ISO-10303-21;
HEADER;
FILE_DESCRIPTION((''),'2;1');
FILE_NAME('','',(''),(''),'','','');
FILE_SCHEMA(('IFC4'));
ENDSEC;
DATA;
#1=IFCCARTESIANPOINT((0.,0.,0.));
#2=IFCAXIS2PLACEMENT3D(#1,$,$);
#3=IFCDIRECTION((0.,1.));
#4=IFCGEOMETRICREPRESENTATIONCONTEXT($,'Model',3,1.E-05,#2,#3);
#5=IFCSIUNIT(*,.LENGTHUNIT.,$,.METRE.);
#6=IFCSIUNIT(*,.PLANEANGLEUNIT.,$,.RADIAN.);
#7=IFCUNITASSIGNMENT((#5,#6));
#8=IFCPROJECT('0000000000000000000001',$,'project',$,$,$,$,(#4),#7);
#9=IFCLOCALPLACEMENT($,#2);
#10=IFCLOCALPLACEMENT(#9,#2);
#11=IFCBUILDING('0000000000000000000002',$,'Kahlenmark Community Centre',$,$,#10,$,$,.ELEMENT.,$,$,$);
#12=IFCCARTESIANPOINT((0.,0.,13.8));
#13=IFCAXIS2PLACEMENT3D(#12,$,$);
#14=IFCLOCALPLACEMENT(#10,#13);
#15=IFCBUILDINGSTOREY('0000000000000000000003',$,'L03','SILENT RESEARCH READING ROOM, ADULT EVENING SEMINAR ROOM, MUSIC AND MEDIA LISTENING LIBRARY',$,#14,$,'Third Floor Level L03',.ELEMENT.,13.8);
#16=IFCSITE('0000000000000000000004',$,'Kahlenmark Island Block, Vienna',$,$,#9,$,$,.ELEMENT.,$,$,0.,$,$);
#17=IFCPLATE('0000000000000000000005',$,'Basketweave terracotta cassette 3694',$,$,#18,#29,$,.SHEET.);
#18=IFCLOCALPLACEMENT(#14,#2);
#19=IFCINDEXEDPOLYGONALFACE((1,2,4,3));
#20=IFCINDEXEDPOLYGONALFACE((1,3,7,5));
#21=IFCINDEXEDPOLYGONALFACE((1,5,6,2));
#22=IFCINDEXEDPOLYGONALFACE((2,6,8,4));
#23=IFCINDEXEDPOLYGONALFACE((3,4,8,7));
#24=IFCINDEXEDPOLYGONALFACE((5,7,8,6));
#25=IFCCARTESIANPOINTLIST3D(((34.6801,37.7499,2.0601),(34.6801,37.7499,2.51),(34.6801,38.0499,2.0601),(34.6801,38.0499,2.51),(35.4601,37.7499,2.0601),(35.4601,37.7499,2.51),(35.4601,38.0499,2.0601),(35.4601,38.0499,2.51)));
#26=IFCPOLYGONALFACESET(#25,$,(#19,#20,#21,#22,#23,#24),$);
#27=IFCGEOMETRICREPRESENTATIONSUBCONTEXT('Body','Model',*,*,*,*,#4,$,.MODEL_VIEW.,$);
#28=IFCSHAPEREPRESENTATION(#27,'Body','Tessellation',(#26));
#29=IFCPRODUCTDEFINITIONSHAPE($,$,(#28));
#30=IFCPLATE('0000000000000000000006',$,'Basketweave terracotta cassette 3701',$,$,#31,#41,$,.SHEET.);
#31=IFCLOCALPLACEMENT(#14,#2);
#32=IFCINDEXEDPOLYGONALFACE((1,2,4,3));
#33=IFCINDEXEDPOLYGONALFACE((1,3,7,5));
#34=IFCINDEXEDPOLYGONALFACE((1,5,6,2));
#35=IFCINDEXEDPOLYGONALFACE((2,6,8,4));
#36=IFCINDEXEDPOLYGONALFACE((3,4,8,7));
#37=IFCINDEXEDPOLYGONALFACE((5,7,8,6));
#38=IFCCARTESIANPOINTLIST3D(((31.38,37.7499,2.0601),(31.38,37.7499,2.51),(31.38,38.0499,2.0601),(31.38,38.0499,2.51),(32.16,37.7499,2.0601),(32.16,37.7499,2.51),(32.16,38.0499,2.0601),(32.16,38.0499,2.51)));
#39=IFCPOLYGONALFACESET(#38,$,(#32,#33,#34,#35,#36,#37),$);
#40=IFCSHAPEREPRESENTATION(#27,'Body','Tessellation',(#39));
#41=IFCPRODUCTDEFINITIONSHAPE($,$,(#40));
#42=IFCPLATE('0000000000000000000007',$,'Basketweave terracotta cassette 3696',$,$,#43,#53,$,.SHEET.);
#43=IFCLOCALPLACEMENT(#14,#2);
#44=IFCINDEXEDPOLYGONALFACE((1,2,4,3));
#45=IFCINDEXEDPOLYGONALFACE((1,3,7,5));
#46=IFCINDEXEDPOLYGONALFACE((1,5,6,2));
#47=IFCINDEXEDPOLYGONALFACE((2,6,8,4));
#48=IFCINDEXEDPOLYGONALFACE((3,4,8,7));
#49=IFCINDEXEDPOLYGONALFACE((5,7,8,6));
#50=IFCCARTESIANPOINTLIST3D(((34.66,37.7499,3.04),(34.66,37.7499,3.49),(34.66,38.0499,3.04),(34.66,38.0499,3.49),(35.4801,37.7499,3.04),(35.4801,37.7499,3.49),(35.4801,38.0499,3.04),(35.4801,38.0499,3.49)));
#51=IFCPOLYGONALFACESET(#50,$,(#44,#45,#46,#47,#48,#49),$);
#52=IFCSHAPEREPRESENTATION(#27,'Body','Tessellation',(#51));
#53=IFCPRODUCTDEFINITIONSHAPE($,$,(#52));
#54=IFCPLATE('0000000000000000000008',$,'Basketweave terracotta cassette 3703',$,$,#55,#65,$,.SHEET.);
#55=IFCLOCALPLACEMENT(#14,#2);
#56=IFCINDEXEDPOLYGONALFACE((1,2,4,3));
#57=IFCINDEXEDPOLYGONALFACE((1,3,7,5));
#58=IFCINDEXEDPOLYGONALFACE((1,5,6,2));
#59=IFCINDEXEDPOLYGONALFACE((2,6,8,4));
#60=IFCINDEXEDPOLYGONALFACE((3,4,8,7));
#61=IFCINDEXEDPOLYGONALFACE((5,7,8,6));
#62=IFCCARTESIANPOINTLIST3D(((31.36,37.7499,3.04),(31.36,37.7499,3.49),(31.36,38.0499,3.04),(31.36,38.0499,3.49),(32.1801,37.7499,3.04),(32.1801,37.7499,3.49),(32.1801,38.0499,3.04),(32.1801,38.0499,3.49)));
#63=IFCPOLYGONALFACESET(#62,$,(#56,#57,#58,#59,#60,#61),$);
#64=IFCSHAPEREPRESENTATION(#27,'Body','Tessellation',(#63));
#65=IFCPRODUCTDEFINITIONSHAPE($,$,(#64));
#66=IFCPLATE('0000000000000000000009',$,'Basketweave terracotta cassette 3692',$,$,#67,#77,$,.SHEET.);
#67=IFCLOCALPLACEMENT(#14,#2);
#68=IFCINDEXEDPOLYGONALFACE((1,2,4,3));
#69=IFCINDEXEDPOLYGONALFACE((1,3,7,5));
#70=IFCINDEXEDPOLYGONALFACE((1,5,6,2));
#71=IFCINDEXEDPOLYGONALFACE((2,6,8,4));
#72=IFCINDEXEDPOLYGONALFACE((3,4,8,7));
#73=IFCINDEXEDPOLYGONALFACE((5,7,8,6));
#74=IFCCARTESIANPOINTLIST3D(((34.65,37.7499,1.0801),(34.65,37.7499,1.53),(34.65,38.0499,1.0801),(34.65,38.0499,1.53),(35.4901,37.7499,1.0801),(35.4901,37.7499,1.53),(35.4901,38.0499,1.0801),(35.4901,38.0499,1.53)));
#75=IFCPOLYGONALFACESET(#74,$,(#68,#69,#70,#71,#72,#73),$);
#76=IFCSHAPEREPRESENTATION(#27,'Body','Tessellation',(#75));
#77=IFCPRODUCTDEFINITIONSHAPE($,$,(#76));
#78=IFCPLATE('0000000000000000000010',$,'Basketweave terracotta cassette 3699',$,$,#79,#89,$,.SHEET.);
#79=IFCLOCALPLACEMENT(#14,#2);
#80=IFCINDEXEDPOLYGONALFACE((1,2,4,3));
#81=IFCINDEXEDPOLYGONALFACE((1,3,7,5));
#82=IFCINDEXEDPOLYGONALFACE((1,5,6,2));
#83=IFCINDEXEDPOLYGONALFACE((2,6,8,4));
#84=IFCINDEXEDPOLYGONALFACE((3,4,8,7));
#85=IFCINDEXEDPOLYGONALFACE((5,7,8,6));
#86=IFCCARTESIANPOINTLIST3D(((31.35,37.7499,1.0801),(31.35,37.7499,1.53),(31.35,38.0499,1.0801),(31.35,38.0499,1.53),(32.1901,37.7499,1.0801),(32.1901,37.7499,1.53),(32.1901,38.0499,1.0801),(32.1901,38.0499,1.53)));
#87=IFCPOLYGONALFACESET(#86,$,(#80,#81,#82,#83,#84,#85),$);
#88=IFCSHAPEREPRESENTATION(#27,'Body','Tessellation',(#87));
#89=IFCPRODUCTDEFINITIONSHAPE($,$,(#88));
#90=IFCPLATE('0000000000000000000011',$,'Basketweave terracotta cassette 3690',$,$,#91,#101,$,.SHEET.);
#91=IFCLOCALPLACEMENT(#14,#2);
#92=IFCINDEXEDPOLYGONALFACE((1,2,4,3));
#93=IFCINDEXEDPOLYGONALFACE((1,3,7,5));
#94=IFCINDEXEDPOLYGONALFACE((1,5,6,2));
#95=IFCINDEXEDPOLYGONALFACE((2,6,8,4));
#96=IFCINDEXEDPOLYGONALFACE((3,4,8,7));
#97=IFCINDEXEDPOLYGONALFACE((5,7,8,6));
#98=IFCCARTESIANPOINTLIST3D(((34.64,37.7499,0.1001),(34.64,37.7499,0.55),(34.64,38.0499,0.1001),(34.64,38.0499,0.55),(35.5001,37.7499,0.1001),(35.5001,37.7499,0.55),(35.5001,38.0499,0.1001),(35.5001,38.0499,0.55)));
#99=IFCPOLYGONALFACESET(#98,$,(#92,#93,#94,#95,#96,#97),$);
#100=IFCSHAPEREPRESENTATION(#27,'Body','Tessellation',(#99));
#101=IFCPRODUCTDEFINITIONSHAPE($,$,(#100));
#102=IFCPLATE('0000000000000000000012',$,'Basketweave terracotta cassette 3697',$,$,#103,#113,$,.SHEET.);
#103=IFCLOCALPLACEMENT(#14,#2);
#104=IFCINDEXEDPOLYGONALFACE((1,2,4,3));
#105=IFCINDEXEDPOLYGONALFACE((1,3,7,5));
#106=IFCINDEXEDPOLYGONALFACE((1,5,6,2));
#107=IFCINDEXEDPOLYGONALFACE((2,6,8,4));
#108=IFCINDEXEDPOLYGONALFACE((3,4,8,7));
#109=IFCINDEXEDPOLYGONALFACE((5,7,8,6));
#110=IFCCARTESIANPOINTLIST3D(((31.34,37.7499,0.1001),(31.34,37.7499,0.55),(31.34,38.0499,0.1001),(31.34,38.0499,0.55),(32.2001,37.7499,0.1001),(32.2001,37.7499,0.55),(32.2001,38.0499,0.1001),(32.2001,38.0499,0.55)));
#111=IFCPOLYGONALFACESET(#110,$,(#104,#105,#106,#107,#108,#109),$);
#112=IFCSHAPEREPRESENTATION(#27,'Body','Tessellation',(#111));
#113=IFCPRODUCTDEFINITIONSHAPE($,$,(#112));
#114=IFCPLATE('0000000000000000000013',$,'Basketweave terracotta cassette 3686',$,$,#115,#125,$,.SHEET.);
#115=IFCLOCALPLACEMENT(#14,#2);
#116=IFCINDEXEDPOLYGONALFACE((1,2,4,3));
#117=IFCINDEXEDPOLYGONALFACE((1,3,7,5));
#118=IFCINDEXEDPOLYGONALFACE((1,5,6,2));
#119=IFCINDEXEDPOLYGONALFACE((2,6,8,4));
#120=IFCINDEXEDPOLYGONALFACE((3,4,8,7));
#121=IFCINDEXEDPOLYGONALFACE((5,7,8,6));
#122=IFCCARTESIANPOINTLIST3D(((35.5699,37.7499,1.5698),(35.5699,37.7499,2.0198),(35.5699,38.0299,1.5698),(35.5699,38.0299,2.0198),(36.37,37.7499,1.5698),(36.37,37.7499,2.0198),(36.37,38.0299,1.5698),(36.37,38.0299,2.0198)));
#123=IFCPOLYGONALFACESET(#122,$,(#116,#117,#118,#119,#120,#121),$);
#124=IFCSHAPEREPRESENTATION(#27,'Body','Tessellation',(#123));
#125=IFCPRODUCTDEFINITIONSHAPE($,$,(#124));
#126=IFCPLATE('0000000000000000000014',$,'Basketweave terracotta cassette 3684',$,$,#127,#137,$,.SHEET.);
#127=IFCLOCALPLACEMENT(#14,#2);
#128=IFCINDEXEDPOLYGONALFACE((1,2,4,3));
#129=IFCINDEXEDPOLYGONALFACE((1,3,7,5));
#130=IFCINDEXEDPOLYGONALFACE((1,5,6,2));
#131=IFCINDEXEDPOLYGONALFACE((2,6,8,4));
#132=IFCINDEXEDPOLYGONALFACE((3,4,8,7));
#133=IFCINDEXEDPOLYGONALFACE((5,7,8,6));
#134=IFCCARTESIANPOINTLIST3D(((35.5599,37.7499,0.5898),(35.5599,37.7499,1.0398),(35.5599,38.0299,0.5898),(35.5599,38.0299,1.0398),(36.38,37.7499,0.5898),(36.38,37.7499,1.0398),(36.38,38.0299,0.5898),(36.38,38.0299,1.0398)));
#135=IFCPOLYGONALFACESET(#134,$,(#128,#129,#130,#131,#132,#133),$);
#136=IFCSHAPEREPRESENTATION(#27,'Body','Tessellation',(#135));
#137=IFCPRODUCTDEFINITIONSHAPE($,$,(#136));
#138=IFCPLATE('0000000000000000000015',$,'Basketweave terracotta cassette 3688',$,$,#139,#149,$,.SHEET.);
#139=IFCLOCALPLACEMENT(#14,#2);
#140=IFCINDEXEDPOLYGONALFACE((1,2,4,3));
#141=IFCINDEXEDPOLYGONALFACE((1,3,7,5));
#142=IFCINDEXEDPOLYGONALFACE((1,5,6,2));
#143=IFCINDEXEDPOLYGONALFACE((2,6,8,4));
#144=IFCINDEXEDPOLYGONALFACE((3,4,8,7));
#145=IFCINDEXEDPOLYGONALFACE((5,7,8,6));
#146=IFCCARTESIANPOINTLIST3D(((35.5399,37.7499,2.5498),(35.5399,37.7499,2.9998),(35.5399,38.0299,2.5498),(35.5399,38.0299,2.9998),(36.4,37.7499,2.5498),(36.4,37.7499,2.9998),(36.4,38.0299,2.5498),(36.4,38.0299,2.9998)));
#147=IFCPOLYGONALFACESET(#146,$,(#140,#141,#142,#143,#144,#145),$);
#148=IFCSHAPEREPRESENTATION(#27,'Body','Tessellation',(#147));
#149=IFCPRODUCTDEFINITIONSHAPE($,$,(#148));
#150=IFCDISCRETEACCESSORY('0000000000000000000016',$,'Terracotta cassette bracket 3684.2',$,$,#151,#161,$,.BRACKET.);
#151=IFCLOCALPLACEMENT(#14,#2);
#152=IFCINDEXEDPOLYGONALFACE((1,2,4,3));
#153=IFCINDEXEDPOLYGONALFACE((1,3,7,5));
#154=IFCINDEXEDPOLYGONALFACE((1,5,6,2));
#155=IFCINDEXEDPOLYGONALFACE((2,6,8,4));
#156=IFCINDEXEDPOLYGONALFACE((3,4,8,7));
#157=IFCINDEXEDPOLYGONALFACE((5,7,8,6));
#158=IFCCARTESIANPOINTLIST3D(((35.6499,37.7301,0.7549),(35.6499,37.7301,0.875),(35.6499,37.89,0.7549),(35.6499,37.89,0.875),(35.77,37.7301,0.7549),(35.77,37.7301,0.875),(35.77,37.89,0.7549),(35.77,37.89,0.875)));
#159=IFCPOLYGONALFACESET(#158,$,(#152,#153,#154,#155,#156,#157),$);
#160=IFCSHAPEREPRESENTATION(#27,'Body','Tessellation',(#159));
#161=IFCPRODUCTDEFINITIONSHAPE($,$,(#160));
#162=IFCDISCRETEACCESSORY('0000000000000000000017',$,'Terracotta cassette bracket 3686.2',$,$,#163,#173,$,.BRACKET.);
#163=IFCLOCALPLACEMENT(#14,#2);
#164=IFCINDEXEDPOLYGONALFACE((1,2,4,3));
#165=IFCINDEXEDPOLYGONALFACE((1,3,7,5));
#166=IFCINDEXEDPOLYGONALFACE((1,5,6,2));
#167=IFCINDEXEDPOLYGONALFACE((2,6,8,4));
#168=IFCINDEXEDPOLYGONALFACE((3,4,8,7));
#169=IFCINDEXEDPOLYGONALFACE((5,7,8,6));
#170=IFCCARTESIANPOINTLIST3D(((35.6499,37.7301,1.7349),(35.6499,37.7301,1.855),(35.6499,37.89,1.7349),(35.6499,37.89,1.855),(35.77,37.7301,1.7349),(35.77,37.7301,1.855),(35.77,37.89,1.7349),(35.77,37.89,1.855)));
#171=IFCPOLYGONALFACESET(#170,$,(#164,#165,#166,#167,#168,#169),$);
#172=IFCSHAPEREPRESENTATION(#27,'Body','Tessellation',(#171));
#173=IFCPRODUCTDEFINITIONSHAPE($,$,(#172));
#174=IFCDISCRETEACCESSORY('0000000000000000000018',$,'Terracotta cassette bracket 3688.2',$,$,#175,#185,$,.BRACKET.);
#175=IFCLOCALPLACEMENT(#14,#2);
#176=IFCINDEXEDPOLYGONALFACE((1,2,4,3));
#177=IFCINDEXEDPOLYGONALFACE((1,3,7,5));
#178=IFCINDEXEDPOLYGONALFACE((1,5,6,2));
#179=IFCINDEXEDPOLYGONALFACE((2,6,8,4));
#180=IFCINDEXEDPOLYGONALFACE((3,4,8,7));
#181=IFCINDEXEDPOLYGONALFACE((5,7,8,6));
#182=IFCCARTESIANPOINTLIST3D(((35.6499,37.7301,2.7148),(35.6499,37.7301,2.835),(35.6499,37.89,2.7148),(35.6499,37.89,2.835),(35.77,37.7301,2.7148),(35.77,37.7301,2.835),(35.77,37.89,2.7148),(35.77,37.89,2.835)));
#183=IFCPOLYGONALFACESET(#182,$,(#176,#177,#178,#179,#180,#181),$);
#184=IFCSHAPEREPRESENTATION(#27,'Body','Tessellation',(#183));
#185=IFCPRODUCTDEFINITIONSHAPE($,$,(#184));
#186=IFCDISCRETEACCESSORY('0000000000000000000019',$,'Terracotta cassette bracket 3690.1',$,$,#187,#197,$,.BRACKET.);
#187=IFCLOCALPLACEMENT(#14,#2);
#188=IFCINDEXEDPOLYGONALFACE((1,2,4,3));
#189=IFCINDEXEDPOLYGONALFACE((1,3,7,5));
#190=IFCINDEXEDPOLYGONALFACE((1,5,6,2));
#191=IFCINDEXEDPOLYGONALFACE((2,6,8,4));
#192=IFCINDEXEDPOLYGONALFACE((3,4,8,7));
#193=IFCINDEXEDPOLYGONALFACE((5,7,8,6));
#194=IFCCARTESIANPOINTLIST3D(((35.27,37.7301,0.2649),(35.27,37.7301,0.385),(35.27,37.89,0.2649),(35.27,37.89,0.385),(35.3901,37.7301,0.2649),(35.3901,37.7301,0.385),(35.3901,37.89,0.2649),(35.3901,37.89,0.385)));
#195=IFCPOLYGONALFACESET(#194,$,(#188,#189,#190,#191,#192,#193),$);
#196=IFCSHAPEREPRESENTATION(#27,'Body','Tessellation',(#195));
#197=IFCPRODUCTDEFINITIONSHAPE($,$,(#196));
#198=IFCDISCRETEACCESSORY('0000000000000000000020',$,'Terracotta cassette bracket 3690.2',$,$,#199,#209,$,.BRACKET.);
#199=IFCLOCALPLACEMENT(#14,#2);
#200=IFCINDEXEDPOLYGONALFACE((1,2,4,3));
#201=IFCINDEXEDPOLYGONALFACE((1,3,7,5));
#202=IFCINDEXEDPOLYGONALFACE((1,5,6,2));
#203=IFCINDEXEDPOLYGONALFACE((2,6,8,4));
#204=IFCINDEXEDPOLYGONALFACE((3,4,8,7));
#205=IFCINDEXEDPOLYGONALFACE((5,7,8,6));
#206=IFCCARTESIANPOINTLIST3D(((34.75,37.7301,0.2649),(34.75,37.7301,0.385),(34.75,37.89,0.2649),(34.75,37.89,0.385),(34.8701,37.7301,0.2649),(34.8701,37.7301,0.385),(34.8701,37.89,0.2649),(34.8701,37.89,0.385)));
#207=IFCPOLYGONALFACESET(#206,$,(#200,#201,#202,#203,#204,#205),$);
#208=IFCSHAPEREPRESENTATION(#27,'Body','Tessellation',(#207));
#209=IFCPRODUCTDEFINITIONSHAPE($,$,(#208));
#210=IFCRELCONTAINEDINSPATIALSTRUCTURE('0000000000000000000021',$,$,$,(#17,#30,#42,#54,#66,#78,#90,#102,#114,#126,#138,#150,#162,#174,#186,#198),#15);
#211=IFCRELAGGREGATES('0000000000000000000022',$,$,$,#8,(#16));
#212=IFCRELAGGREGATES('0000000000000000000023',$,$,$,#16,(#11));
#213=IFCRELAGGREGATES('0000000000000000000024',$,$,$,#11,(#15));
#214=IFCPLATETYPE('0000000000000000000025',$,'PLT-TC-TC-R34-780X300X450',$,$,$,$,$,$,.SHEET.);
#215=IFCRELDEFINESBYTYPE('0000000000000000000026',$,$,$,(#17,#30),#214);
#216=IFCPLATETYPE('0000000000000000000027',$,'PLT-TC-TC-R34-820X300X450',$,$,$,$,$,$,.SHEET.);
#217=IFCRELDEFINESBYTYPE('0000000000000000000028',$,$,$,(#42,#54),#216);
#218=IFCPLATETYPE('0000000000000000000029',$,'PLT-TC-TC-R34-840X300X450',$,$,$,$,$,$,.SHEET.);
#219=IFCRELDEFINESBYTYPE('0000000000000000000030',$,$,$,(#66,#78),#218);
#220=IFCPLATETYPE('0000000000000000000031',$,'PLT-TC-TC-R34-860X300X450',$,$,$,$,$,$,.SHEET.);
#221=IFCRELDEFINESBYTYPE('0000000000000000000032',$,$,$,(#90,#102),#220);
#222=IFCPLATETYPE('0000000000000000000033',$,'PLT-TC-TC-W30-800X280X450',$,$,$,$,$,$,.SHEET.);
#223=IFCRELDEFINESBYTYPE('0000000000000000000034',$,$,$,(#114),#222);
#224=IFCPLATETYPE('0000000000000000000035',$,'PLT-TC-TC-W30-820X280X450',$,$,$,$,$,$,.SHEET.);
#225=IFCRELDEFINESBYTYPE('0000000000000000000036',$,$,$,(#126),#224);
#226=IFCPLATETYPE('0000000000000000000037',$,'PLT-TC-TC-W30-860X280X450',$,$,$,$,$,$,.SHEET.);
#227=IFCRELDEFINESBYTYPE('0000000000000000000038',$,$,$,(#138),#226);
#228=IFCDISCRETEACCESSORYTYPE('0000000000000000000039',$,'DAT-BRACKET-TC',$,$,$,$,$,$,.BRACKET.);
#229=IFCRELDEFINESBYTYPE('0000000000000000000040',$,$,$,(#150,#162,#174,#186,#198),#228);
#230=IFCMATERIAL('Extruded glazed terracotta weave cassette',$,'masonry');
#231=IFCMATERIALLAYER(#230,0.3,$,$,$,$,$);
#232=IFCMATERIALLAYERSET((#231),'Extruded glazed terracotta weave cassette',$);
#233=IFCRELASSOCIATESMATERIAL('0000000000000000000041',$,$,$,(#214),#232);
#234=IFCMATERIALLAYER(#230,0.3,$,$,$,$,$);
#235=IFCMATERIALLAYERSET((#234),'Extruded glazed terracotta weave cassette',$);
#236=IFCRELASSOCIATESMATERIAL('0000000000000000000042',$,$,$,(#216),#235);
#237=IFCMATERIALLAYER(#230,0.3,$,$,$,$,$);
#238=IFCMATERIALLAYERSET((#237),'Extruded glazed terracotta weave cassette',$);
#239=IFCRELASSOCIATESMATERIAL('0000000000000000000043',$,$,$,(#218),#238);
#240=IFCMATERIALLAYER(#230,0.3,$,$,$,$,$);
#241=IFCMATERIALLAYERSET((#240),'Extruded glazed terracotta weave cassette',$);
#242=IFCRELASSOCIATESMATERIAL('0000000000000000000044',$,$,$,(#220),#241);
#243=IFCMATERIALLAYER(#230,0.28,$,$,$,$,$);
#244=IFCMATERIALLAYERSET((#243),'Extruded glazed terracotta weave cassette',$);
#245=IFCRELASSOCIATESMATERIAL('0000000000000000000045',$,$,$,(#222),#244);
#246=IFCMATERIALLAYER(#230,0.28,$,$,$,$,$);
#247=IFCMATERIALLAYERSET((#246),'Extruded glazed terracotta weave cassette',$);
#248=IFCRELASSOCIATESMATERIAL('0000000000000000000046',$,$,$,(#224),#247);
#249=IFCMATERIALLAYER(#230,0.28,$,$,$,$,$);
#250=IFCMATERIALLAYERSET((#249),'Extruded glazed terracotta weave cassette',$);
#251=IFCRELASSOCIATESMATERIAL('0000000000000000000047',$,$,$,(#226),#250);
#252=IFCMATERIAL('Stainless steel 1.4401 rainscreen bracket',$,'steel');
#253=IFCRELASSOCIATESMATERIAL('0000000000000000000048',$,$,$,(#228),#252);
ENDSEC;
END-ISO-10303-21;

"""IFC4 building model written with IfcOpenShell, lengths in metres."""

from ifc_helpers import new_model, si_unit, direction, frame, origin, origin_2d, place, context, subcontext, project, spatial, rectangle, extrude, material, layer, layer_set, type_object, element, save


model = new_model("IFC4")

# Units and contexts
model_context = context("Model", 3, precision=1e-05, world=origin(), true_north=direction((0.0, 1.0)))
body_context = subcontext(model_context, "Body", "Model", "MODEL_VIEW")
ifc_project = project(units=[si_unit("LENGTHUNIT", "METRE"), si_unit("PLANEANGLEUNIT", "RADIAN")], contexts=[model_context])

# Site, building, storey
site_placement = place(None, origin())
site = spatial("IfcSite", under=ifc_project, at=site_placement, Name="Kahlenmark Island Block, Vienna", CompositionType="ELEMENT", RefElevation=0.0)
building_placement = place(site_placement, origin())
building = spatial("IfcBuilding", under=site, at=building_placement, Name="Kahlenmark Community Centre", CompositionType="ELEMENT")
storey_placement = place(building_placement, frame((0.0, 0.0, 13.8)))
storey = spatial("IfcBuildingStorey", under=building, at=storey_placement, Name="L03", Description="SILENT RESEARCH READING ROOM, ADULT EVENING SEMINAR ROOM, MUSIC AND MEDIA LISTENING LIBRARY", LongName="Third Floor Level L03", CompositionType="ELEMENT", Elevation=13.8)

# Plates
ifc_material_1 = material(Name="Extruded glazed terracotta weave cassette", Category="masonry")
ifc_layer_1 = layer(ifc_material_1, 0.3)
ifc_layer_set_1 = layer_set([ifc_layer_1], Name="Extruded glazed terracotta weave cassette")
plate_type_1 = type_object("IfcPlateType", Name="PLT-TC-TC-R34-780X300X450", PredefinedType="SHEET", material=ifc_layer_set_1)
for number, where, z_axis, x_axis, name in (
    (1, (35.0701, 37.8999, 2.0601), (0.0, 0.0, 1.0), (-1.0, 0.0, 0.0), "Basketweave terracotta cassette 3694"),
    (2, (31.77, 37.8999, 2.0601), (0.0, 0.0, 1.0), (-1.0, 0.0, 0.0), "Basketweave terracotta cassette 3701"),
):
    element("IfcPlate", number, at=place(storey_placement, frame(where, z_axis=z_axis, x_axis=x_axis)), inside=storey, type_object=plate_type_1, Name=name, PredefinedType="SHEET", context=body_context, shape_type="SweptSolid", body=[
        extrude(rectangle(XDim=0.78, YDim=0.3, at=origin_2d()), origin(), (0.0, 0.0, 1.0), 0.45),
    ])
ifc_layer_2 = layer(ifc_material_1, 0.3)
ifc_layer_set_2 = layer_set([ifc_layer_2], Name="Extruded glazed terracotta weave cassette")
plate_type_2 = type_object("IfcPlateType", Name="PLT-TC-TC-R34-820X300X450", PredefinedType="SHEET", material=ifc_layer_set_2)
for number, where, z_axis, x_axis, name in (
    (3, (35.0701, 37.8999, 3.04), (0.0, 0.0, 1.0), (-1.0, 0.0, 0.0), "Basketweave terracotta cassette 3696"),
    (4, (31.77, 37.8999, 3.04), (0.0, 0.0, 1.0), (-1.0, 0.0, 0.0), "Basketweave terracotta cassette 3703"),
):
    element("IfcPlate", number, at=place(storey_placement, frame(where, z_axis=z_axis, x_axis=x_axis)), inside=storey, type_object=plate_type_2, Name=name, PredefinedType="SHEET", context=body_context, shape_type="SweptSolid", body=[
        extrude(rectangle(XDim=0.8201, YDim=0.3, at=origin_2d()), origin(), (0.0, 0.0, 1.0), 0.45),
    ])
ifc_layer_3 = layer(ifc_material_1, 0.3)
ifc_layer_set_3 = layer_set([ifc_layer_3], Name="Extruded glazed terracotta weave cassette")
plate_type_3 = type_object("IfcPlateType", Name="PLT-TC-TC-R34-840X300X450", PredefinedType="SHEET", material=ifc_layer_set_3)
for number, where, z_axis, x_axis, name in (
    (5, (35.0701, 37.8999, 1.0801), (0.0, 0.0, 1.0), (-1.0, 0.0, 0.0), "Basketweave terracotta cassette 3692"),
    (6, (31.77, 37.8999, 1.0801), (0.0, 0.0, 1.0), (-1.0, 0.0, 0.0), "Basketweave terracotta cassette 3699"),
):
    element("IfcPlate", number, at=place(storey_placement, frame(where, z_axis=z_axis, x_axis=x_axis)), inside=storey, type_object=plate_type_3, Name=name, PredefinedType="SHEET", context=body_context, shape_type="SweptSolid", body=[
        extrude(rectangle(XDim=0.8401, YDim=0.3, at=origin_2d()), origin(), (0.0, 0.0, 1.0), 0.45),
    ])
ifc_layer_4 = layer(ifc_material_1, 0.3)
ifc_layer_set_4 = layer_set([ifc_layer_4], Name="Extruded glazed terracotta weave cassette")
plate_type_4 = type_object("IfcPlateType", Name="PLT-TC-TC-R34-860X300X450", PredefinedType="SHEET", material=ifc_layer_set_4)
for number, where, z_axis, x_axis, name in (
    (7, (35.0701, 37.8999, 0.1001), (0.0, 0.0, 1.0), (-1.0, 0.0, 0.0), "Basketweave terracotta cassette 3690"),
    (8, (31.77, 37.8999, 0.1001), (0.0, 0.0, 1.0), (-1.0, 0.0, 0.0), "Basketweave terracotta cassette 3697"),
):
    element("IfcPlate", number, at=place(storey_placement, frame(where, z_axis=z_axis, x_axis=x_axis)), inside=storey, type_object=plate_type_4, Name=name, PredefinedType="SHEET", context=body_context, shape_type="SweptSolid", body=[
        extrude(rectangle(XDim=0.8601, YDim=0.3, at=origin_2d()), origin(), (0.0, 0.0, 1.0), 0.45),
    ])
ifc_layer_5 = layer(ifc_material_1, 0.28)
ifc_layer_set_5 = layer_set([ifc_layer_5], Name="Extruded glazed terracotta weave cassette")
plate_type_5 = type_object("IfcPlateType", Name="PLT-TC-TC-W30-800X280X450", PredefinedType="SHEET", material=ifc_layer_set_5)
plate_1_placement = place(storey_placement, frame((35.97, 37.8899, 1.5698), z_axis=(0.0, 0.0, 1.0), x_axis=(-1.0, 0.0, 0.0)))
element("IfcPlate", 9, at=plate_1_placement, inside=storey, type_object=plate_type_5, Name="Basketweave terracotta cassette 3686", PredefinedType="SHEET", context=body_context, shape_type="SweptSolid", body=[
    extrude(rectangle(XDim=0.8, YDim=0.28, at=origin_2d()), origin(), (0.0, 0.0, 1.0), 0.45),
])
ifc_layer_6 = layer(ifc_material_1, 0.28)
ifc_layer_set_6 = layer_set([ifc_layer_6], Name="Extruded glazed terracotta weave cassette")
plate_type_6 = type_object("IfcPlateType", Name="PLT-TC-TC-W30-820X280X450", PredefinedType="SHEET", material=ifc_layer_set_6)
plate_2_placement = place(storey_placement, frame((35.97, 37.8899, 0.5898), z_axis=(0.0, 0.0, 1.0), x_axis=(-1.0, 0.0, 0.0)))
element("IfcPlate", 10, at=plate_2_placement, inside=storey, type_object=plate_type_6, Name="Basketweave terracotta cassette 3684", PredefinedType="SHEET", context=body_context, shape_type="SweptSolid", body=[
    extrude(rectangle(XDim=0.8201, YDim=0.28, at=origin_2d()), origin(), (0.0, 0.0, 1.0), 0.45),
])
ifc_layer_7 = layer(ifc_material_1, 0.28)
ifc_layer_set_7 = layer_set([ifc_layer_7], Name="Extruded glazed terracotta weave cassette")
plate_type_7 = type_object("IfcPlateType", Name="PLT-TC-TC-W30-860X280X450", PredefinedType="SHEET", material=ifc_layer_set_7)
plate_3_placement = place(storey_placement, frame((35.97, 37.8899, 2.5498), z_axis=(0.0, 0.0, 1.0), x_axis=(-1.0, 0.0, 0.0)))
element("IfcPlate", 11, at=plate_3_placement, inside=storey, type_object=plate_type_7, Name="Basketweave terracotta cassette 3688", PredefinedType="SHEET", context=body_context, shape_type="SweptSolid", body=[
    extrude(rectangle(XDim=0.8601, YDim=0.28, at=origin_2d()), origin(), (0.0, 0.0, 1.0), 0.45),
])

# Discrete accessories
ifc_material_2 = material(Name="Stainless steel 1.4401 rainscreen bracket", Category="steel")
discrete_accessory_type = type_object("IfcDiscreteAccessoryType", Name="DAT-BRACKET-TC", PredefinedType="BRACKET", material=ifc_material_2)
for number, where, z_axis, x_axis, name in (
    (12, (35.71, 37.8101, 0.7549), (0.0, 0.0, 1.0), (-1.0, 0.0, 0.0), "Terracotta cassette bracket 3684.2"),
    (13, (35.71, 37.8101, 1.7349), (0.0, 0.0, 1.0), (-1.0, 0.0, 0.0), "Terracotta cassette bracket 3686.2"),
    (14, (35.71, 37.8101, 2.7148), (0.0, 0.0, 1.0), (-1.0, 0.0, 0.0), "Terracotta cassette bracket 3688.2"),
    (15, (35.3301, 37.8101, 0.2649), (0.0, 0.0, 1.0), (-1.0, 0.0, 0.0), "Terracotta cassette bracket 3690.1"),
    (16, (34.8101, 37.8101, 0.2649), (0.0, 0.0, 1.0), (-1.0, 0.0, 0.0), "Terracotta cassette bracket 3690.2"),
):
    element("IfcDiscreteAccessory", number, at=place(storey_placement, frame(where, z_axis=z_axis, x_axis=x_axis)), inside=storey, type_object=discrete_accessory_type, Name=name, PredefinedType="BRACKET", context=body_context, shape_type="SweptSolid", body=[
        extrude(rectangle(XDim=0.1201, YDim=0.1599, at=origin_2d()), origin(), (0.0, 0.0, 1.0), 0.1201),
    ])

save(model, "model.ifc")
